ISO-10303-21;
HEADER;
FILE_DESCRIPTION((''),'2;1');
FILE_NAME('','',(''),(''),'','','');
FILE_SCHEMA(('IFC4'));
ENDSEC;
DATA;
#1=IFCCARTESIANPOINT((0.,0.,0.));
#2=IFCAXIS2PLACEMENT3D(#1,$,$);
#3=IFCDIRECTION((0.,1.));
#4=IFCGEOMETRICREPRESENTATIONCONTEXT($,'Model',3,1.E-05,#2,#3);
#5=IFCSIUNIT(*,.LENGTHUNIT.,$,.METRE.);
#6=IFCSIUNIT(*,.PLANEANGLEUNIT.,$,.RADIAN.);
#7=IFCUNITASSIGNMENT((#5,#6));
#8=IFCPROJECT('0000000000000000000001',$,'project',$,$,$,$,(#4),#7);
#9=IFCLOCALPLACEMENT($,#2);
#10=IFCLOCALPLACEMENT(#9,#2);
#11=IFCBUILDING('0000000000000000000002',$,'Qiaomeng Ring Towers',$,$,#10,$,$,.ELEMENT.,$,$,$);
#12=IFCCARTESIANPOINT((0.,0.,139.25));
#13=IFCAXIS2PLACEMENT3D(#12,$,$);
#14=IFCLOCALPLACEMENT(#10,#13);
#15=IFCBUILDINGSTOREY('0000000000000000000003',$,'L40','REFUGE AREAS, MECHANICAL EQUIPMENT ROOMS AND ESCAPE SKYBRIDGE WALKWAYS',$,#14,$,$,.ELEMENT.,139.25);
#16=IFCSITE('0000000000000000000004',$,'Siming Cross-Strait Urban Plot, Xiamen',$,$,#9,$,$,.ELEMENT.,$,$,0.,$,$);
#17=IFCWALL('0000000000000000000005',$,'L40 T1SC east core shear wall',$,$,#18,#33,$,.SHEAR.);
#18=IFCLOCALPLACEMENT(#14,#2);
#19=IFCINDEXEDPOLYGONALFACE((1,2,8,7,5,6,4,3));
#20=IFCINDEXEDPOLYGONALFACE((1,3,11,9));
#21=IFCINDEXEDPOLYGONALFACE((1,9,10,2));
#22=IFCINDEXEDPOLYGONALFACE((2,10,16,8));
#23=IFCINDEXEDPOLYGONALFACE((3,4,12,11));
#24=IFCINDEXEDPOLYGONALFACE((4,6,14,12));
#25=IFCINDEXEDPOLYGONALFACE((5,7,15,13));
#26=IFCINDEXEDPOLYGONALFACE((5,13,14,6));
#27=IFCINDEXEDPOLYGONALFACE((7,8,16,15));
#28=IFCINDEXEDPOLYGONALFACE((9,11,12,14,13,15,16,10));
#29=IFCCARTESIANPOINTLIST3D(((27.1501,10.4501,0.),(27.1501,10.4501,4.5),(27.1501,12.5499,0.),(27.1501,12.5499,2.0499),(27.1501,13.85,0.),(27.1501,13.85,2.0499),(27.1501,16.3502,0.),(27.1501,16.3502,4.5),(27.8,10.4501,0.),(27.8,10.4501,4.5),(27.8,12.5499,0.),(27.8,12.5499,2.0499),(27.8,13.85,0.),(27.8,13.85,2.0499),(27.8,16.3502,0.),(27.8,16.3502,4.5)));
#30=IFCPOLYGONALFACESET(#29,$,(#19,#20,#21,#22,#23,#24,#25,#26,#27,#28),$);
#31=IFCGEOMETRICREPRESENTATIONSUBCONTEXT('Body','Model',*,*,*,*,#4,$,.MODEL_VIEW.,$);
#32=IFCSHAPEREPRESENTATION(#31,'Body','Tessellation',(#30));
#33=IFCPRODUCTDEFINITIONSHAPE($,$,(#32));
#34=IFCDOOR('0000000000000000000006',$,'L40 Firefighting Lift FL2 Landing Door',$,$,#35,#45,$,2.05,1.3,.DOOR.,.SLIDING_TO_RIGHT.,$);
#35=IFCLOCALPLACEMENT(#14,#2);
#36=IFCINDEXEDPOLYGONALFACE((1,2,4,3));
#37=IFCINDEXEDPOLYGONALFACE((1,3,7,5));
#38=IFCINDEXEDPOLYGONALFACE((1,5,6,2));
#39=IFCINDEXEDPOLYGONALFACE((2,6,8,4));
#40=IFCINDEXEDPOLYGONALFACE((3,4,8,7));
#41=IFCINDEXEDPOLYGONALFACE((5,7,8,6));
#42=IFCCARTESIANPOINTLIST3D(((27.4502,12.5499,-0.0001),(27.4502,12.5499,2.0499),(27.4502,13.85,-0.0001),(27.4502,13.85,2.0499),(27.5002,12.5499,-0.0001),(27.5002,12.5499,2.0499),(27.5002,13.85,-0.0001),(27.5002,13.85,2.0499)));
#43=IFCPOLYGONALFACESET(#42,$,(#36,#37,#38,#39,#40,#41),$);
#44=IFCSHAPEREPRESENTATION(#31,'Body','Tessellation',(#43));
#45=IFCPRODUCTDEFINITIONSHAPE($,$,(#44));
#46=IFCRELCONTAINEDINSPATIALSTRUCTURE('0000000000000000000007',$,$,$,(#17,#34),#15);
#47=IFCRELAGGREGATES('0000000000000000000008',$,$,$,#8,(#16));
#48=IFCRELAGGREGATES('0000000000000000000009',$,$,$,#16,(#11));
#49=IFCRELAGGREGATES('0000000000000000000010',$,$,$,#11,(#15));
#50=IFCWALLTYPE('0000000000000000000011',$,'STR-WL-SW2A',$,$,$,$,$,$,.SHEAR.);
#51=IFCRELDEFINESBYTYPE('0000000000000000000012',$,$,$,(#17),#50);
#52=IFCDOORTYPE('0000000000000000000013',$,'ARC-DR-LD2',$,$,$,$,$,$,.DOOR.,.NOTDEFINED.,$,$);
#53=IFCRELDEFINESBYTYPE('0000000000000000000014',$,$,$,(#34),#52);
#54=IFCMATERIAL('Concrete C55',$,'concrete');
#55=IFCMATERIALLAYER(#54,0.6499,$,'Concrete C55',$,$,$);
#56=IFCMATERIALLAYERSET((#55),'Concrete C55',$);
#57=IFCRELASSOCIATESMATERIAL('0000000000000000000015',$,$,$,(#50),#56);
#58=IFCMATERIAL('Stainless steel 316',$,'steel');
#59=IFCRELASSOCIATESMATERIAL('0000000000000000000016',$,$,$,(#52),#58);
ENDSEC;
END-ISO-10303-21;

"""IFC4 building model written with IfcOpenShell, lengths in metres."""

from ifc_helpers import new_model, si_unit, direction, frame, frame_2d, origin, place, context, subcontext, project, spatial, rectangle, extrude, source, transform, mapped, material, layer, layer_set, type_object, element, fill, save


model = new_model("IFC4")

# Units and contexts
model_context = context("Model", 3, precision=1e-05, world=origin(), true_north=direction((0.0, 1.0)))
body_context = subcontext(model_context, "Body", "Model", "MODEL_VIEW")
ifc_project = project(units=[si_unit("LENGTHUNIT", "METRE"), si_unit("PLANEANGLEUNIT", "RADIAN")], contexts=[model_context])

# Site, building, storey
site_placement = place(None, origin())
site = spatial("IfcSite", under=ifc_project, at=site_placement, Name="Siming Cross-Strait Urban Plot, Xiamen", CompositionType="ELEMENT", RefElevation=0.0)
building_placement = place(site_placement, origin())
building = spatial("IfcBuilding", under=site, at=building_placement, Name="Qiaomeng Ring Towers", CompositionType="ELEMENT")
storey_placement = place(building_placement, frame((0.0, 0.0, 139.25)))
storey = spatial("IfcBuildingStorey", under=building, at=storey_placement, Name="L40", Description="REFUGE AREAS, MECHANICAL EQUIPMENT ROOMS AND ESCAPE SKYBRIDGE WALKWAYS", CompositionType="ELEMENT", Elevation=139.25)

# Shared definitions
ifc_material_1 = material(Name="Concrete C55", Category="concrete")

# Wall, opening, door
ifc_layer_1 = layer(ifc_material_1, 0.6499, Name="Concrete C55")
ifc_layer_set_1 = layer_set([ifc_layer_1], Name="Concrete C55")
wall_type_1 = type_object("IfcWallType", Name="STR-WL-SW2A", PredefinedType="SHEAR", material=ifc_layer_set_1)
wall_1_placement = place(storey_placement, frame((27.4751, 10.45, 0.0), z_axis=(0.0, 0.0, 1.0), x_axis=(0.0, 1.0, 0.0)))
wall_1 = element("IfcWall", 1, at=wall_1_placement, inside=storey, type_object=wall_type_1, Name="L40 T1SC east core shear wall", PredefinedType="SHEAR", context=body_context, shape_type="SweptSolid", body=[
    extrude(rectangle(XDim=5.9001, YDim=0.6499, at=frame_2d((2.9502, 0.0))), origin(), (0.0, 0.0, 1.0), 4.5),
])
opening_placement = place(wall_1_placement, frame((2.1001, 0.0, 0.0)))
opening = element("IfcOpeningElement", 2, at=opening_placement, cuts=wall_1, PredefinedType="OPENING", context=body_context, shape_type="SweptSolid", body=[
    extrude(rectangle(XDim=1.3, YDim=2.05, at=frame_2d((0.6499, 1.0249))), frame((0.0, 0.335, 0.0), z_axis=(0.0, -1.0, 0.0), x_axis=(1.0, 0.0, 0.0)), (0.0, 0.0, 1.0), 0.6699),
])
ifc_material_2 = material(Name="Stainless steel 316", Category="steel")
door_type = type_object("IfcDoorType", Name="ARC-DR-LD2", OperationType="NOTDEFINED", PredefinedType="DOOR", material=ifc_material_2)
shared_shape_1 = source(origin(), body_context, "Body", "SweptSolid", [
    extrude(rectangle(XDim=1.3, YDim=2.05, at=frame_2d((0.6499, 1.0249))), frame((0.0, 0.0249, 0.0), z_axis=(0.0, -1.0, 0.0), x_axis=(1.0, 0.0, 0.0)), (0.0, 0.0, 1.0), 0.05),
])
door_placement = place(opening_placement, origin())
door = element("IfcDoor", 3, at=door_placement, inside=storey, type_object=door_type, Name="L40 Firefighting Lift FL2 Landing Door", OperationType="SLIDING_TO_RIGHT", OverallHeight=2.05, OverallWidth=1.3, PredefinedType="DOOR", context=body_context, shape_type="MappedRepresentation", body=[
    mapped(shared_shape_1, transform((0.0, 0.0, 0.0), x_axis=(1.0, 0.0, 0.0), y_axis=(0.0, 1.0, 0.0), z_axis=(0.0, 0.0, 1.0), scale=1.0)),
])
fill(opening, door)

save(model, "model.ifc")
